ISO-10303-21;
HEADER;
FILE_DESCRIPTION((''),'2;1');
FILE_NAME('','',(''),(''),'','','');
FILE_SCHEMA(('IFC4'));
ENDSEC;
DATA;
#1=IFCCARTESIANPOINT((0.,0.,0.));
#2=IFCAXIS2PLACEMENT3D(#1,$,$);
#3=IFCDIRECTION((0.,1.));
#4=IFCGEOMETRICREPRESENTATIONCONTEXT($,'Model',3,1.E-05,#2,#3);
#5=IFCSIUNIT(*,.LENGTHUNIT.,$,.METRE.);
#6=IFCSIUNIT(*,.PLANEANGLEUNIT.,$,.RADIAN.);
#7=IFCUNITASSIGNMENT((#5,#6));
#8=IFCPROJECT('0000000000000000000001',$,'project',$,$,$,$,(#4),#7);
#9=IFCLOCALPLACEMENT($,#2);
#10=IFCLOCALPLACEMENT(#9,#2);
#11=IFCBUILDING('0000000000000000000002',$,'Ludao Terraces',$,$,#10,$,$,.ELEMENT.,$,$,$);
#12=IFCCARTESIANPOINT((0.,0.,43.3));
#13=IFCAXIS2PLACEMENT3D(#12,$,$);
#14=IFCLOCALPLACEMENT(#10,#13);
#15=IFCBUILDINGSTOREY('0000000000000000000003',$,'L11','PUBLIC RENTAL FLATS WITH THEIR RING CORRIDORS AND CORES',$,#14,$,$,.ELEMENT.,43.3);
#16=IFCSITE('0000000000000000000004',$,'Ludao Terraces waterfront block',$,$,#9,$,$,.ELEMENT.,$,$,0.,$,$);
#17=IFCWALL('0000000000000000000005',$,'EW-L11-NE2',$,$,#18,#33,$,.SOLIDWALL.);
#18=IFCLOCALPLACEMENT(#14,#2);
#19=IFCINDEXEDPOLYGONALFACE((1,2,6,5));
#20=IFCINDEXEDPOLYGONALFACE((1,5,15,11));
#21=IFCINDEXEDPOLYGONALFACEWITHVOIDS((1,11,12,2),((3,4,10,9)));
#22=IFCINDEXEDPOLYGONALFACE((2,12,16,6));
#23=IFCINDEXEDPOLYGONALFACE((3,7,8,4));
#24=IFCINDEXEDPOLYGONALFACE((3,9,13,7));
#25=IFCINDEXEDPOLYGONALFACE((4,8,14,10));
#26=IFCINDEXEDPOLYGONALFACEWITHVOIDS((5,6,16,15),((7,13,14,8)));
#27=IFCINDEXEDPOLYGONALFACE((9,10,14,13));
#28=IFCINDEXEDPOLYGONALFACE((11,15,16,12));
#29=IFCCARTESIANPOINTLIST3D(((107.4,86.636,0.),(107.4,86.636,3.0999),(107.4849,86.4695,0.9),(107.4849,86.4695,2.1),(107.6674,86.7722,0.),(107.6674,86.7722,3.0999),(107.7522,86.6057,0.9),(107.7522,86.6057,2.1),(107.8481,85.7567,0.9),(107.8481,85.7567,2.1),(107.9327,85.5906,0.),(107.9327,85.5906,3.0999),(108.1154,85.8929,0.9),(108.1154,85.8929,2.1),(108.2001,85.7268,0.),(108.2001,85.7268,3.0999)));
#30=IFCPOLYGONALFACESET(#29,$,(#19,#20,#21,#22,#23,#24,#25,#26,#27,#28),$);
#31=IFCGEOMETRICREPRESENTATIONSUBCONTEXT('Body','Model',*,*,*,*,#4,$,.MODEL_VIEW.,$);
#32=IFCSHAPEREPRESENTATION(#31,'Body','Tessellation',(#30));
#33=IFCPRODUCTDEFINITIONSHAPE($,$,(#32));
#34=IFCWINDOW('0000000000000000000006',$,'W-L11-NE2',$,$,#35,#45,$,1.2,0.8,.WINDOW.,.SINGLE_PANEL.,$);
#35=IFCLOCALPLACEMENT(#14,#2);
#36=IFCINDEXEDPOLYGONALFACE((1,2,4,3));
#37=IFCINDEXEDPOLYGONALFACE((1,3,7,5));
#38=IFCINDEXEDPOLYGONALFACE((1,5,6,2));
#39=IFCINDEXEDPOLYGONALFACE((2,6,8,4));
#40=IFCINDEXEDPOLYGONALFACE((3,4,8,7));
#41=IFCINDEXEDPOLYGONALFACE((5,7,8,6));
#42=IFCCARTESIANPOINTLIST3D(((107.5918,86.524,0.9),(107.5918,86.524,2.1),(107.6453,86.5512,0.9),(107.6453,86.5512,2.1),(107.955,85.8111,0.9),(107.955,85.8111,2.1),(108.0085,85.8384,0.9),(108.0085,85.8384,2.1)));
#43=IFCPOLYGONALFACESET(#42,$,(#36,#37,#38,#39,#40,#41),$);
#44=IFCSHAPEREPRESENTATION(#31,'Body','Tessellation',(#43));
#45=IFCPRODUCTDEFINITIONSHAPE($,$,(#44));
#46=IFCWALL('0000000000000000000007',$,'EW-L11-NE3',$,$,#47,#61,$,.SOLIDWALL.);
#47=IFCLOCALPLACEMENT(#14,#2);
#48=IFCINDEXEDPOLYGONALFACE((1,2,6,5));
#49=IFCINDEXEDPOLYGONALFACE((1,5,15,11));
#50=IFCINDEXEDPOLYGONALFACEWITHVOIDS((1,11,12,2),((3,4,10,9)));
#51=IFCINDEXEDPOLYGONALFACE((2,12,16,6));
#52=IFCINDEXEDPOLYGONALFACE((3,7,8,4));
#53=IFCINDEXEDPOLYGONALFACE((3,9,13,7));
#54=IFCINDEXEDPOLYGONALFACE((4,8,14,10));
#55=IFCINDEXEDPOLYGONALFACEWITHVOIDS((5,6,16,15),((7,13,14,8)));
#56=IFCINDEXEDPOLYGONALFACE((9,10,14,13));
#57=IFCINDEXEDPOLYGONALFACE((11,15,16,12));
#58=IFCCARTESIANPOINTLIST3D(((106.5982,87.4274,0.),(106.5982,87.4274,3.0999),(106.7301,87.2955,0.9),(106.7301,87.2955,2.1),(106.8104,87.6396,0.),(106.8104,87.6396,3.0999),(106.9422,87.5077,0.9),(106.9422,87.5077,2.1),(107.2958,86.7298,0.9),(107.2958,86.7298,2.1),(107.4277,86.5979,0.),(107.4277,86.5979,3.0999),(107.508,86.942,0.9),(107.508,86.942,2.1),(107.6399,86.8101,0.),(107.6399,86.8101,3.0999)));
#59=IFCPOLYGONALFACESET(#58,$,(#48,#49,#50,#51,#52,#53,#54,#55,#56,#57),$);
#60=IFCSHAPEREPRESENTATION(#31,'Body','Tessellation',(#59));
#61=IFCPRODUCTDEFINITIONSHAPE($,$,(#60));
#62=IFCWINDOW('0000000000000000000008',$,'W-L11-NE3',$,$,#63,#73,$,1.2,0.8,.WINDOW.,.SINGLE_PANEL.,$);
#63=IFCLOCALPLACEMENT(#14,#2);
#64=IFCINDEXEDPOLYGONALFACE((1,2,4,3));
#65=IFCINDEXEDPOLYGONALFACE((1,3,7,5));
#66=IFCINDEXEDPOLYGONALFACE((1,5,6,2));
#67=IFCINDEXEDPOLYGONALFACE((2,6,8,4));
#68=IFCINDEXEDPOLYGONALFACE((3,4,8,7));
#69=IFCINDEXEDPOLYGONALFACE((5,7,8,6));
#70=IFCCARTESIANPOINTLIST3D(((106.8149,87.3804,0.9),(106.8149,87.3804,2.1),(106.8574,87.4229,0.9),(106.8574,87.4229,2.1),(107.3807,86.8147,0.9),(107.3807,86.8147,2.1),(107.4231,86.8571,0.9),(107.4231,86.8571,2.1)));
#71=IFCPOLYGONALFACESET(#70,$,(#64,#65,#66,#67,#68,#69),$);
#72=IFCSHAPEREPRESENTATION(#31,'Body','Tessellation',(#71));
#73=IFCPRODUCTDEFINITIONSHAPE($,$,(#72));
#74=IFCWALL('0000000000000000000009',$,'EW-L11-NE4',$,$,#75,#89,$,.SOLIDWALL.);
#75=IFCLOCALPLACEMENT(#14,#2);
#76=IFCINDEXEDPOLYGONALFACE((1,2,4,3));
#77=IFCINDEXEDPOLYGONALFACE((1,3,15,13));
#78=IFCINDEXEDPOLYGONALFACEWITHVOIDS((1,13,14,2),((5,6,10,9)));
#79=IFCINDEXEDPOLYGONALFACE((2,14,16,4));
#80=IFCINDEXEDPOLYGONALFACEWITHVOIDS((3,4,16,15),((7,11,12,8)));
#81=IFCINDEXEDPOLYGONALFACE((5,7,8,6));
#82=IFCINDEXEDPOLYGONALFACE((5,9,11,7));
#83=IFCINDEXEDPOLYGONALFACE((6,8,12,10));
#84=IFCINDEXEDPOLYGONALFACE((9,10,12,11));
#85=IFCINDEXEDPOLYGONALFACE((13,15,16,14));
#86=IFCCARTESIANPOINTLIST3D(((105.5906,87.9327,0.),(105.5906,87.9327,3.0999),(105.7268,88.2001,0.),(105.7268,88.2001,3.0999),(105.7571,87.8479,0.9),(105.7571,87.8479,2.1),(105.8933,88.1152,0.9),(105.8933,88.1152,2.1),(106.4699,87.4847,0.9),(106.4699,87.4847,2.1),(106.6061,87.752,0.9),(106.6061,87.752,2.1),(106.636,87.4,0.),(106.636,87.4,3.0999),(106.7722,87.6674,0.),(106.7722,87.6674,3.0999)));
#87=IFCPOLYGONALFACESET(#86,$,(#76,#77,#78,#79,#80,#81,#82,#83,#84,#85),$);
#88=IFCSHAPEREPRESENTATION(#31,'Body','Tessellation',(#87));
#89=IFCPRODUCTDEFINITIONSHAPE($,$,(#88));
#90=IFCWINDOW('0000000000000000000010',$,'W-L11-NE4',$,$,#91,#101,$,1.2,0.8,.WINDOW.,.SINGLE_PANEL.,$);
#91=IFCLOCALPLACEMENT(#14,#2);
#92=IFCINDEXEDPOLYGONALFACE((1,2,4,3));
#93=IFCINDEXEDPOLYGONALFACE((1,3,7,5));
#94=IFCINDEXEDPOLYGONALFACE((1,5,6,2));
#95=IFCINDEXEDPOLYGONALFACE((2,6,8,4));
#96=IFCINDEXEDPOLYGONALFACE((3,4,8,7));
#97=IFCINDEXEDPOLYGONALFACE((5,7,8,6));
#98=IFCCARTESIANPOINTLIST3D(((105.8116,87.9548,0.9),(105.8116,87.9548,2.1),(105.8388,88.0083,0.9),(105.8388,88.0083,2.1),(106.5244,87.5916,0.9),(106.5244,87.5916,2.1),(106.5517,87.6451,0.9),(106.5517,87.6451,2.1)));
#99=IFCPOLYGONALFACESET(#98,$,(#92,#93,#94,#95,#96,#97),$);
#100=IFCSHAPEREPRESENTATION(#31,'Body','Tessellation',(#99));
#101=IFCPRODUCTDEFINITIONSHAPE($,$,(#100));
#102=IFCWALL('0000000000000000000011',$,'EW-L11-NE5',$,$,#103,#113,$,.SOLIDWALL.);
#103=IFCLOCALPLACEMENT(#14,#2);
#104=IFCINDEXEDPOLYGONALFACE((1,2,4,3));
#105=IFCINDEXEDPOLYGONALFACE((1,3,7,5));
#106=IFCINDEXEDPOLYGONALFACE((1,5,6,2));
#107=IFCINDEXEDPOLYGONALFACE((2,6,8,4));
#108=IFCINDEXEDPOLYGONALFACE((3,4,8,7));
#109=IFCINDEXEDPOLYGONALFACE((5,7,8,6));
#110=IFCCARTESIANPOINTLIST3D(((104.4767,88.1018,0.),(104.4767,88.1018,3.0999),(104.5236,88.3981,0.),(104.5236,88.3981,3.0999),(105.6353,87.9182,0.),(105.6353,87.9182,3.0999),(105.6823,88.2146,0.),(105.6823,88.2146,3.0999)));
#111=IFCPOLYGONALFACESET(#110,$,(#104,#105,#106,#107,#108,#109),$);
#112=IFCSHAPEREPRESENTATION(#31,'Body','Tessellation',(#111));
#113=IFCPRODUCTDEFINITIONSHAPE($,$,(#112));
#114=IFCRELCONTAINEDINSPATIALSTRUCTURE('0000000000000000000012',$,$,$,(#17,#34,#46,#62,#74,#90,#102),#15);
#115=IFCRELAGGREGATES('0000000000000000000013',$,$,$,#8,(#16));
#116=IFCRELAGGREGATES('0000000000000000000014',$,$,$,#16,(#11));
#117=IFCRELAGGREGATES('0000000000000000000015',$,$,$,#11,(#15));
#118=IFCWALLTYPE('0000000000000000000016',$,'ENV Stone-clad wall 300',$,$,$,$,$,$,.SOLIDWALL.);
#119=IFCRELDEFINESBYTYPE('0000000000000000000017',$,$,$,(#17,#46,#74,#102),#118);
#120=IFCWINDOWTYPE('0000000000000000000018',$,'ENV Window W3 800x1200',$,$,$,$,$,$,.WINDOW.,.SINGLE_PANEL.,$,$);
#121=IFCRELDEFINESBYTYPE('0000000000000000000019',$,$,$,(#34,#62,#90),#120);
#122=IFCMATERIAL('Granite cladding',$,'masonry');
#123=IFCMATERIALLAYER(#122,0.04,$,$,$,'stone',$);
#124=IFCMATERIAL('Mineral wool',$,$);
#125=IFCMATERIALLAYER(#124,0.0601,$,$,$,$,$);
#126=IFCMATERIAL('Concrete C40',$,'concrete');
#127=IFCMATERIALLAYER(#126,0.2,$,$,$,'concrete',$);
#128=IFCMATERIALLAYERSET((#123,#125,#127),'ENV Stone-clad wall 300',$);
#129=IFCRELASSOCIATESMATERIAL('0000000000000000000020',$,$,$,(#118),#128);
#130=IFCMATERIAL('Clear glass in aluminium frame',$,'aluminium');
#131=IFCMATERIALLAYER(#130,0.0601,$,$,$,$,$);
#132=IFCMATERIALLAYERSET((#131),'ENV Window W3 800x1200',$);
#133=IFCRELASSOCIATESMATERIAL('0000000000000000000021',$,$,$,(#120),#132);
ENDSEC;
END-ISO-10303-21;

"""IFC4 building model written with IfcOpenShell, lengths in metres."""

from ifc_helpers import new_model, si_unit, direction, frame, frame_2d, origin, place, context, subcontext, project, spatial, rectangle, extrude, material, layer, layer_set, type_object, element, fill, save


model = new_model("IFC4")

# Units and contexts
model_context = context("Model", 3, precision=1e-05, world=origin(), true_north=direction((0.0, 1.0)))
body_context = subcontext(model_context, "Body", "Model", "MODEL_VIEW")
ifc_project = project(units=[si_unit("LENGTHUNIT", "METRE"), si_unit("PLANEANGLEUNIT", "RADIAN")], contexts=[model_context])

# Site, building, storey
site_placement = place(None, origin())
site = spatial("IfcSite", under=ifc_project, at=site_placement, Name="Ludao Terraces waterfront block", CompositionType="ELEMENT", RefElevation=0.0)
building_placement = place(site_placement, origin())
building = spatial("IfcBuilding", under=site, at=building_placement, Name="Ludao Terraces", CompositionType="ELEMENT")
storey_placement = place(building_placement, frame((0.0, 0.0, 43.3)))
storey = spatial("IfcBuildingStorey", under=building, at=storey_placement, Name="L11", Description="PUBLIC RENTAL FLATS WITH THEIR RING CORRIDORS AND CORES", CompositionType="ELEMENT", Elevation=43.3)

# Shared definitions
ifc_material_1 = material(Name="Concrete C40", Category="concrete")

# Shared definitions
ifc_material_2 = material(Name="Granite cladding", Category="masonry")
ifc_layer_1 = layer(ifc_material_2, 0.04, Category="stone")
ifc_material_3 = material(Name="Mineral wool")
ifc_layer_2 = layer(ifc_material_3, 0.0601)
ifc_layer_3 = layer(ifc_material_1, 0.2, Category="concrete")
ifc_layer_set_1 = layer_set([ifc_layer_1, ifc_layer_2, ifc_layer_3], Name="ENV Stone-clad wall 300")
wall_type_1 = type_object("IfcWallType", Name="ENV Stone-clad wall 300", PredefinedType="SOLIDWALL", material=ifc_layer_set_1)
ifc_material_4 = material(Name="Clear glass in aluminium frame", Category="aluminium")

# Walls, openings, windows
wall_1_placement = place(storey_placement, frame((108.0664, 85.6587, 0.0), z_axis=(0.0, 0.0, 1.0), x_axis=(-0.454026, 0.890989, 0.0)))
wall_1 = element("IfcWall", 1, at=wall_1_placement, inside=storey, type_object=wall_type_1, Name="EW-L11-NE2", PredefinedType="SOLIDWALL", context=body_context, shape_type="SweptSolid", body=[
    extrude(rectangle(XDim=1.1733, YDim=0.3, at=frame_2d((0.5867, 0.0))), origin(), (0.0, 0.0, 1.0), 3.0999),
])
opening_1_placement = place(wall_1_placement, frame((0.1865, 0.0, 0.8999)))
opening_1 = element("IfcOpeningElement", 2, at=opening_1_placement, cuts=wall_1, PredefinedType="OPENING", context=body_context, shape_type="SweptSolid", body=[
    extrude(rectangle(XDim=0.8, YDim=1.2, at=frame_2d((0.3999, 0.6001))), frame((0.0, 0.1602, 0.0), z_axis=(0.0, -1.0, 0.0), x_axis=(1.0, 0.0, 0.0)), (0.0, 0.0, 1.0), 0.3201),
])
ifc_layer_4 = layer(ifc_material_4, 0.0601)
ifc_layer_set_2 = layer_set([ifc_layer_4], Name="ENV Window W3 800x1200")
window_type_1 = type_object("IfcWindowType", Name="ENV Window W3 800x1200", PartitioningType="SINGLE_PANEL", PredefinedType="WINDOW", material=ifc_layer_set_2)
window_1_placement = place(opening_1_placement, origin())
window_1 = element("IfcWindow", 3, at=window_1_placement, inside=storey, type_object=window_type_1, Name="W-L11-NE2", OverallHeight=1.2, OverallWidth=0.8, PartitioningType="SINGLE_PANEL", PredefinedType="WINDOW", context=body_context, shape_type="SweptSolid", body=[
    extrude(rectangle(XDim=0.8, YDim=1.2, at=frame_2d((0.3999, 0.6001))), frame((0.0, 0.03, 0.0), z_axis=(0.0, -1.0, 0.0), x_axis=(1.0, 0.0, 0.0)), (0.0, 0.0, 1.0), 0.0601),
])
fill(opening_1, window_1)
wall_2_placement = place(storey_placement, frame((107.5337, 86.7041, 0.0), z_axis=(0.0, 0.0, 1.0), x_axis=(-0.707107, 0.707107, 0.0)))
wall_2 = element("IfcWall", 4, at=wall_2_placement, inside=storey, type_object=wall_type_1, Name="EW-L11-NE3", PredefinedType="SOLIDWALL", context=body_context, shape_type="SweptSolid", body=[
    extrude(rectangle(XDim=1.1731, YDim=0.3, at=frame_2d((0.5864, 0.0))), origin(), (0.0, 0.0, 1.0), 3.0999),
])
opening_2_placement = place(wall_2_placement, frame((0.1865, 0.0, 0.8999)))
opening_2 = element("IfcOpeningElement", 5, at=opening_2_placement, cuts=wall_2, PredefinedType="OPENING", context=body_context, shape_type="SweptSolid", body=[
    extrude(rectangle(XDim=0.8, YDim=1.2, at=frame_2d((0.3999, 0.6001))), frame((0.0, 0.1602, 0.0), z_axis=(0.0, -1.0, 0.0), x_axis=(1.0, 0.0, 0.0)), (0.0, 0.0, 1.0), 0.3201),
])
window_2_placement = place(opening_2_placement, origin())
window_2 = element("IfcWindow", 6, at=window_2_placement, inside=storey, type_object=window_type_1, Name="W-L11-NE3", OverallHeight=1.2, OverallWidth=0.8, PartitioningType="SINGLE_PANEL", PredefinedType="WINDOW", context=body_context, shape_type="SweptSolid", body=[
    extrude(rectangle(XDim=0.8, YDim=1.2, at=frame_2d((0.3999, 0.6001))), frame((0.0, 0.03, 0.0), z_axis=(0.0, -1.0, 0.0), x_axis=(1.0, 0.0, 0.0)), (0.0, 0.0, 1.0), 0.0601),
])
fill(opening_2, window_2)
wall_3_placement = place(storey_placement, frame((106.7041, 87.5337, 0.0), z_axis=(0.0, 0.0, 1.0), x_axis=(-0.890989, 0.454026, 0.0)))
wall_3 = element("IfcWall", 7, at=wall_3_placement, inside=storey, type_object=wall_type_1, Name="EW-L11-NE4", PredefinedType="SOLIDWALL", context=body_context, shape_type="SweptSolid", body=[
    extrude(rectangle(XDim=1.1733, YDim=0.3, at=frame_2d((0.5867, 0.0))), origin(), (0.0, 0.0, 1.0), 3.0999),
])
opening_3_placement = place(wall_3_placement, frame((0.1865, 0.0, 0.8999)))
opening_3 = element("IfcOpeningElement", 8, at=opening_3_placement, cuts=wall_3, PredefinedType="OPENING", context=body_context, shape_type="SweptSolid", body=[
    extrude(rectangle(XDim=0.8, YDim=1.2, at=frame_2d((0.3999, 0.6001))), frame((0.0, 0.1602, 0.0), z_axis=(0.0, -1.0, 0.0), x_axis=(1.0, 0.0, 0.0)), (0.0, 0.0, 1.0), 0.3201),
])
window_3_placement = place(opening_3_placement, origin())
window_3 = element("IfcWindow", 9, at=window_3_placement, inside=storey, type_object=window_type_1, Name="W-L11-NE4", OverallHeight=1.2, OverallWidth=0.8, PartitioningType="SINGLE_PANEL", PredefinedType="WINDOW", context=body_context, shape_type="SweptSolid", body=[
    extrude(rectangle(XDim=0.8, YDim=1.2, at=frame_2d((0.3999, 0.6001))), frame((0.0, 0.03, 0.0), z_axis=(0.0, -1.0, 0.0), x_axis=(1.0, 0.0, 0.0)), (0.0, 0.0, 1.0), 0.0601),
])
fill(opening_3, window_3)

# Wall
wall_4_placement = place(storey_placement, frame((105.6587, 88.0664, 0.0), z_axis=(0.0, 0.0, 1.0), x_axis=(-0.987678, 0.156497, 0.0)))
element("IfcWall", 10, at=wall_4_placement, inside=storey, type_object=wall_type_1, Name="EW-L11-NE5", PredefinedType="SOLIDWALL", context=body_context, shape_type="SweptSolid", body=[
    extrude(rectangle(XDim=1.1731, YDim=0.3, at=frame_2d((0.5864, 0.0))), origin(), (0.0, 0.0, 1.0), 3.0999),
])

save(model, "model.ifc")
